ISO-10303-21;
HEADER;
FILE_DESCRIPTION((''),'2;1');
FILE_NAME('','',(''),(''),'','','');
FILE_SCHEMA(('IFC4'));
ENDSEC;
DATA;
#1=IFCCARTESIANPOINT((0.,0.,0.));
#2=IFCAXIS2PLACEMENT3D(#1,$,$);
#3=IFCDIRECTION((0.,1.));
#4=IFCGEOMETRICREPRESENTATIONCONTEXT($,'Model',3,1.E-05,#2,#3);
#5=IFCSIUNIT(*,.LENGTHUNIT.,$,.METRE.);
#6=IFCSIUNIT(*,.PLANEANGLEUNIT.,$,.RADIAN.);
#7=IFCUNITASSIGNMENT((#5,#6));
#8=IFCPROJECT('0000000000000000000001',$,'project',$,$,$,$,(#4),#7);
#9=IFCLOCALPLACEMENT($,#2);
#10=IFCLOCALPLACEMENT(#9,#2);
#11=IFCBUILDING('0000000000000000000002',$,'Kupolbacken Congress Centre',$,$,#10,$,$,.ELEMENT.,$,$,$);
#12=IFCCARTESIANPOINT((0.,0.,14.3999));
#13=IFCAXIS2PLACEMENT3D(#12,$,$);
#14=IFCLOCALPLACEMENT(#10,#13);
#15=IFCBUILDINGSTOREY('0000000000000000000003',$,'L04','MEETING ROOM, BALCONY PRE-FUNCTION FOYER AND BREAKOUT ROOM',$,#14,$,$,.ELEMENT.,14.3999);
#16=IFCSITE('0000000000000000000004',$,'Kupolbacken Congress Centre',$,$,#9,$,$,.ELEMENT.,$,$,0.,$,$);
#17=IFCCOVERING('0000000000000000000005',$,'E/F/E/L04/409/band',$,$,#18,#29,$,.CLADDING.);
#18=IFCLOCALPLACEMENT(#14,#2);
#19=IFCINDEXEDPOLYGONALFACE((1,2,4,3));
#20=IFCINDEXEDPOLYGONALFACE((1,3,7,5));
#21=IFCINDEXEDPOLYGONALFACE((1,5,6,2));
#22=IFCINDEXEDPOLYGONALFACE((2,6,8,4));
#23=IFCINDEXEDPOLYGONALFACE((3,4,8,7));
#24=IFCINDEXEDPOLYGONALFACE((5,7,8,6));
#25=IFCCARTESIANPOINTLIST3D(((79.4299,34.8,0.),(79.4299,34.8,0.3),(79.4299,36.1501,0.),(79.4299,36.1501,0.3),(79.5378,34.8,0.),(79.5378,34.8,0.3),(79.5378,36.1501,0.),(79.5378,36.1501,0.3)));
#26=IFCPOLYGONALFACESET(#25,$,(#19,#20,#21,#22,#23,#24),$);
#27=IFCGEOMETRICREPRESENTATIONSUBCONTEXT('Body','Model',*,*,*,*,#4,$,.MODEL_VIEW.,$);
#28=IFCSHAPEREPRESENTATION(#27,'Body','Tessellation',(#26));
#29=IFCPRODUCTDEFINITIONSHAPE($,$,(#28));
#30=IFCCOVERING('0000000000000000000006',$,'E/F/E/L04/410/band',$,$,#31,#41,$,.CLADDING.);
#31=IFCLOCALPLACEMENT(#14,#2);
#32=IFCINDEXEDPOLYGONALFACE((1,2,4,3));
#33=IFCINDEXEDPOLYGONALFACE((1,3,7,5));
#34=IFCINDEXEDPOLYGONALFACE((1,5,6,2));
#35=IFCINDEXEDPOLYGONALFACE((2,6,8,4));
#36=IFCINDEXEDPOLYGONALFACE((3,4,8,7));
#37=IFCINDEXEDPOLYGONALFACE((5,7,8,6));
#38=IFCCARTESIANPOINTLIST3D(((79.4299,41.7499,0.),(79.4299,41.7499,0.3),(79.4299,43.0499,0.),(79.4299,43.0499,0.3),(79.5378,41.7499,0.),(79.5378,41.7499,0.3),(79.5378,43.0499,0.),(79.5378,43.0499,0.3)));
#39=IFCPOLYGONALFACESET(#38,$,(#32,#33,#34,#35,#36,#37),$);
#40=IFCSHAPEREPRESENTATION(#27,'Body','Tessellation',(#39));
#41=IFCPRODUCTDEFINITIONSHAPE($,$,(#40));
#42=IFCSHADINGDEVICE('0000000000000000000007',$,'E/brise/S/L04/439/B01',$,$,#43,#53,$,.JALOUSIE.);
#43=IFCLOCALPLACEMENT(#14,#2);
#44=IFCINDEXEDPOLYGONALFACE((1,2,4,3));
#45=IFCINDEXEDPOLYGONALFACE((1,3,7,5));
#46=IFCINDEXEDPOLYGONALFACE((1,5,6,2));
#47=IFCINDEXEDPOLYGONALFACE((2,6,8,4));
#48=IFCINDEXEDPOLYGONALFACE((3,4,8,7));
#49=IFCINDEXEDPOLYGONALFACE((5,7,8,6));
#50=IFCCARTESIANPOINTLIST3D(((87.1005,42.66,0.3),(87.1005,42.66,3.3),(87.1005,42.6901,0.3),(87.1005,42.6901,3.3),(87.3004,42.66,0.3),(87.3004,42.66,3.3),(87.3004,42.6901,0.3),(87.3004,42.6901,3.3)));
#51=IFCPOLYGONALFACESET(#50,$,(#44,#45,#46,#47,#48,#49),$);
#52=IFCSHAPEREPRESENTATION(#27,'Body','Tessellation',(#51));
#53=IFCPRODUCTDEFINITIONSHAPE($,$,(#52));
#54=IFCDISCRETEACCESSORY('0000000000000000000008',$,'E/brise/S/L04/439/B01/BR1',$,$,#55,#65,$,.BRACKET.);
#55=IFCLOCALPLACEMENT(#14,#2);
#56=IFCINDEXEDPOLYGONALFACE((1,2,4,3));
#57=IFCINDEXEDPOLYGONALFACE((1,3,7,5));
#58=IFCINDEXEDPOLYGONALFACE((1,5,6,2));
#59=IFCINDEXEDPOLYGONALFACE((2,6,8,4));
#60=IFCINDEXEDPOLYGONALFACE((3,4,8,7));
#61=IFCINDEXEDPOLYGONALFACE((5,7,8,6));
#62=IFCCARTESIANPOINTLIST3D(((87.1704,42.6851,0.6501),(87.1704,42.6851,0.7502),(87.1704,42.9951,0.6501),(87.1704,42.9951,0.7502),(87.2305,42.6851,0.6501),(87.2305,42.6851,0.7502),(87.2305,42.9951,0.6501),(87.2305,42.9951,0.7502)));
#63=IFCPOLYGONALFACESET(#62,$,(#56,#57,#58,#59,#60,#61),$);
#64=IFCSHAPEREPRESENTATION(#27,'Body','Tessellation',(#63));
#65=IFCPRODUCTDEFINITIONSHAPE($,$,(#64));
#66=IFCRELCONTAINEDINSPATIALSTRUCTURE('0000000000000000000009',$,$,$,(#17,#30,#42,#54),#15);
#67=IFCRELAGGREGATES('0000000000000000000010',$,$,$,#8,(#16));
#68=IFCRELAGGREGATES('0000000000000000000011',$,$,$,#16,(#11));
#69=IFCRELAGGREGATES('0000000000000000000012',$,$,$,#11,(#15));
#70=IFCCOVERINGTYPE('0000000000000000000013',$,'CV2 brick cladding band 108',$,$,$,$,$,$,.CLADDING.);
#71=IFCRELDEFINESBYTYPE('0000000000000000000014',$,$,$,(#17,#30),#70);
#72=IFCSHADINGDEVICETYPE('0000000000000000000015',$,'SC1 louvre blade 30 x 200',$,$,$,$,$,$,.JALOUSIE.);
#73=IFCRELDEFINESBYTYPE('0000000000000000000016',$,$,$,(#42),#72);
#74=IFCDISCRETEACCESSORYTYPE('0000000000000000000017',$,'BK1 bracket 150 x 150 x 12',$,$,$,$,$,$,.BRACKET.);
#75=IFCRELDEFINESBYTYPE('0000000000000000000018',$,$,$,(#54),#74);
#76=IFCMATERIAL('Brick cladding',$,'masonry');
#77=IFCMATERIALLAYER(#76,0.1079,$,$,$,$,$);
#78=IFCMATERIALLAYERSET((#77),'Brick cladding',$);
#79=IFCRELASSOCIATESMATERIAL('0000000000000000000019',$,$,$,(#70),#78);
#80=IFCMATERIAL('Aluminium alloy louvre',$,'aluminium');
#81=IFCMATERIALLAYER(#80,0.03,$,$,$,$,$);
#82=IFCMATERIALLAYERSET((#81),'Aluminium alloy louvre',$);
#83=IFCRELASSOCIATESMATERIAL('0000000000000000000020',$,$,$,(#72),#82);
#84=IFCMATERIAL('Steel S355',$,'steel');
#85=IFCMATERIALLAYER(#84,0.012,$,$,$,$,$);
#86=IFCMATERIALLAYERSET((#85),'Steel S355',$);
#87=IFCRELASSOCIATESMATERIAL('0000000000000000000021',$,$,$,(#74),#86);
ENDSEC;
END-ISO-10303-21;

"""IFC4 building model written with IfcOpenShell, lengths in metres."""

from ifc_helpers import new_model, si_unit, direction, frame, origin, origin_2d, place, context, subcontext, project, spatial, rectangle, extrude, material, layer, layer_set, type_object, element, save


model = new_model("IFC4")

# Units and contexts
model_context = context("Model", 3, precision=1e-05, world=origin(), true_north=direction((0.0, 1.0)))
body_context = subcontext(model_context, "Body", "Model", "MODEL_VIEW")
ifc_project = project(units=[si_unit("LENGTHUNIT", "METRE"), si_unit("PLANEANGLEUNIT", "RADIAN")], contexts=[model_context])

# Site, building, storey
site_placement = place(None, origin())
site = spatial("IfcSite", under=ifc_project, at=site_placement, Name="Kupolbacken Congress Centre", CompositionType="ELEMENT", RefElevation=0.0)
building_placement = place(site_placement, origin())
building = spatial("IfcBuilding", under=site, at=building_placement, Name="Kupolbacken Congress Centre", CompositionType="ELEMENT")
storey_placement = place(building_placement, frame((0.0, 0.0, 14.3999)))
storey = spatial("IfcBuildingStorey", under=building, at=storey_placement, Name="L04", Description="MEETING ROOM, BALCONY PRE-FUNCTION FOYER AND BREAKOUT ROOM", CompositionType="ELEMENT", Elevation=14.3999)

# Coverings
ifc_material_1 = material(Name="Brick cladding", Category="masonry")
ifc_layer_1 = layer(ifc_material_1, 0.1079)
ifc_layer_set_1 = layer_set([ifc_layer_1], Name="Brick cladding")
covering_type = type_object("IfcCoveringType", Name="CV2 brick cladding band 108", PredefinedType="CLADDING", material=ifc_layer_set_1)
covering_1_placement = place(storey_placement, frame((79.4839, 35.4751, 0.0), z_axis=(0.0, 0.0, 1.0), x_axis=(0.0, 1.0, 0.0)))
element("IfcCovering", 1, at=covering_1_placement, inside=storey, type_object=covering_type, Name="E/F/E/L04/409/band", PredefinedType="CLADDING", context=body_context, shape_type="SweptSolid", body=[
    extrude(rectangle(XDim=1.3501, YDim=0.1079, at=origin_2d()), origin(), (0.0, 0.0, 1.0), 0.3),
])
covering_2_placement = place(storey_placement, frame((79.4839, 42.3999, 0.0), z_axis=(0.0, 0.0, 1.0), x_axis=(0.0, 1.0, 0.0)))
element("IfcCovering", 2, at=covering_2_placement, inside=storey, type_object=covering_type, Name="E/F/E/L04/410/band", PredefinedType="CLADDING", context=body_context, shape_type="SweptSolid", body=[
    extrude(rectangle(XDim=1.3, YDim=0.1079, at=origin_2d()), origin(), (0.0, 0.0, 1.0), 0.3),
])

# Shading device
ifc_material_2 = material(Name="Aluminium alloy louvre", Category="aluminium")
ifc_layer_2 = layer(ifc_material_2, 0.03)
ifc_layer_set_2 = layer_set([ifc_layer_2], Name="Aluminium alloy louvre")
shading_device_type = type_object("IfcShadingDeviceType", Name="SC1 louvre blade 30 x 200", PredefinedType="JALOUSIE", material=ifc_layer_set_2)
shading_device_placement = place(storey_placement, frame((87.2004, 42.675, 0.3), z_axis=(0.0, 0.0, 1.0), x_axis=(1.0, 0.0, 0.0)))
element("IfcShadingDevice", 3, at=shading_device_placement, inside=storey, type_object=shading_device_type, Name="E/brise/S/L04/439/B01", PredefinedType="JALOUSIE", context=body_context, shape_type="SweptSolid", body=[
    extrude(rectangle(XDim=0.2, YDim=0.03, at=origin_2d()), origin(), (0.0, 0.0, 1.0), 3.0),
])

# Discrete accessory
ifc_material_3 = material(Name="Steel S355", Category="steel")
ifc_layer_3 = layer(ifc_material_3, 0.012)
ifc_layer_set_3 = layer_set([ifc_layer_3], Name="Steel S355")
discrete_accessory_type = type_object("IfcDiscreteAccessoryType", Name="BK1 bracket 150 x 150 x 12", PredefinedType="BRACKET", material=ifc_layer_set_3)
discrete_accessory_placement = place(storey_placement, frame((87.2004, 42.8401, 0.6501), z_axis=(0.0, 0.0, 1.0), x_axis=(1.0, 0.0, 0.0)))
element("IfcDiscreteAccessory", 4, at=discrete_accessory_placement, inside=storey, type_object=discrete_accessory_type, Name="E/brise/S/L04/439/B01/BR1", PredefinedType="BRACKET", context=body_context, shape_type="SweptSolid", body=[
    extrude(rectangle(XDim=0.0601, YDim=0.3101, at=origin_2d()), origin(), (0.0, 0.0, 1.0), 0.1001),
])

save(model, "model.ifc")
